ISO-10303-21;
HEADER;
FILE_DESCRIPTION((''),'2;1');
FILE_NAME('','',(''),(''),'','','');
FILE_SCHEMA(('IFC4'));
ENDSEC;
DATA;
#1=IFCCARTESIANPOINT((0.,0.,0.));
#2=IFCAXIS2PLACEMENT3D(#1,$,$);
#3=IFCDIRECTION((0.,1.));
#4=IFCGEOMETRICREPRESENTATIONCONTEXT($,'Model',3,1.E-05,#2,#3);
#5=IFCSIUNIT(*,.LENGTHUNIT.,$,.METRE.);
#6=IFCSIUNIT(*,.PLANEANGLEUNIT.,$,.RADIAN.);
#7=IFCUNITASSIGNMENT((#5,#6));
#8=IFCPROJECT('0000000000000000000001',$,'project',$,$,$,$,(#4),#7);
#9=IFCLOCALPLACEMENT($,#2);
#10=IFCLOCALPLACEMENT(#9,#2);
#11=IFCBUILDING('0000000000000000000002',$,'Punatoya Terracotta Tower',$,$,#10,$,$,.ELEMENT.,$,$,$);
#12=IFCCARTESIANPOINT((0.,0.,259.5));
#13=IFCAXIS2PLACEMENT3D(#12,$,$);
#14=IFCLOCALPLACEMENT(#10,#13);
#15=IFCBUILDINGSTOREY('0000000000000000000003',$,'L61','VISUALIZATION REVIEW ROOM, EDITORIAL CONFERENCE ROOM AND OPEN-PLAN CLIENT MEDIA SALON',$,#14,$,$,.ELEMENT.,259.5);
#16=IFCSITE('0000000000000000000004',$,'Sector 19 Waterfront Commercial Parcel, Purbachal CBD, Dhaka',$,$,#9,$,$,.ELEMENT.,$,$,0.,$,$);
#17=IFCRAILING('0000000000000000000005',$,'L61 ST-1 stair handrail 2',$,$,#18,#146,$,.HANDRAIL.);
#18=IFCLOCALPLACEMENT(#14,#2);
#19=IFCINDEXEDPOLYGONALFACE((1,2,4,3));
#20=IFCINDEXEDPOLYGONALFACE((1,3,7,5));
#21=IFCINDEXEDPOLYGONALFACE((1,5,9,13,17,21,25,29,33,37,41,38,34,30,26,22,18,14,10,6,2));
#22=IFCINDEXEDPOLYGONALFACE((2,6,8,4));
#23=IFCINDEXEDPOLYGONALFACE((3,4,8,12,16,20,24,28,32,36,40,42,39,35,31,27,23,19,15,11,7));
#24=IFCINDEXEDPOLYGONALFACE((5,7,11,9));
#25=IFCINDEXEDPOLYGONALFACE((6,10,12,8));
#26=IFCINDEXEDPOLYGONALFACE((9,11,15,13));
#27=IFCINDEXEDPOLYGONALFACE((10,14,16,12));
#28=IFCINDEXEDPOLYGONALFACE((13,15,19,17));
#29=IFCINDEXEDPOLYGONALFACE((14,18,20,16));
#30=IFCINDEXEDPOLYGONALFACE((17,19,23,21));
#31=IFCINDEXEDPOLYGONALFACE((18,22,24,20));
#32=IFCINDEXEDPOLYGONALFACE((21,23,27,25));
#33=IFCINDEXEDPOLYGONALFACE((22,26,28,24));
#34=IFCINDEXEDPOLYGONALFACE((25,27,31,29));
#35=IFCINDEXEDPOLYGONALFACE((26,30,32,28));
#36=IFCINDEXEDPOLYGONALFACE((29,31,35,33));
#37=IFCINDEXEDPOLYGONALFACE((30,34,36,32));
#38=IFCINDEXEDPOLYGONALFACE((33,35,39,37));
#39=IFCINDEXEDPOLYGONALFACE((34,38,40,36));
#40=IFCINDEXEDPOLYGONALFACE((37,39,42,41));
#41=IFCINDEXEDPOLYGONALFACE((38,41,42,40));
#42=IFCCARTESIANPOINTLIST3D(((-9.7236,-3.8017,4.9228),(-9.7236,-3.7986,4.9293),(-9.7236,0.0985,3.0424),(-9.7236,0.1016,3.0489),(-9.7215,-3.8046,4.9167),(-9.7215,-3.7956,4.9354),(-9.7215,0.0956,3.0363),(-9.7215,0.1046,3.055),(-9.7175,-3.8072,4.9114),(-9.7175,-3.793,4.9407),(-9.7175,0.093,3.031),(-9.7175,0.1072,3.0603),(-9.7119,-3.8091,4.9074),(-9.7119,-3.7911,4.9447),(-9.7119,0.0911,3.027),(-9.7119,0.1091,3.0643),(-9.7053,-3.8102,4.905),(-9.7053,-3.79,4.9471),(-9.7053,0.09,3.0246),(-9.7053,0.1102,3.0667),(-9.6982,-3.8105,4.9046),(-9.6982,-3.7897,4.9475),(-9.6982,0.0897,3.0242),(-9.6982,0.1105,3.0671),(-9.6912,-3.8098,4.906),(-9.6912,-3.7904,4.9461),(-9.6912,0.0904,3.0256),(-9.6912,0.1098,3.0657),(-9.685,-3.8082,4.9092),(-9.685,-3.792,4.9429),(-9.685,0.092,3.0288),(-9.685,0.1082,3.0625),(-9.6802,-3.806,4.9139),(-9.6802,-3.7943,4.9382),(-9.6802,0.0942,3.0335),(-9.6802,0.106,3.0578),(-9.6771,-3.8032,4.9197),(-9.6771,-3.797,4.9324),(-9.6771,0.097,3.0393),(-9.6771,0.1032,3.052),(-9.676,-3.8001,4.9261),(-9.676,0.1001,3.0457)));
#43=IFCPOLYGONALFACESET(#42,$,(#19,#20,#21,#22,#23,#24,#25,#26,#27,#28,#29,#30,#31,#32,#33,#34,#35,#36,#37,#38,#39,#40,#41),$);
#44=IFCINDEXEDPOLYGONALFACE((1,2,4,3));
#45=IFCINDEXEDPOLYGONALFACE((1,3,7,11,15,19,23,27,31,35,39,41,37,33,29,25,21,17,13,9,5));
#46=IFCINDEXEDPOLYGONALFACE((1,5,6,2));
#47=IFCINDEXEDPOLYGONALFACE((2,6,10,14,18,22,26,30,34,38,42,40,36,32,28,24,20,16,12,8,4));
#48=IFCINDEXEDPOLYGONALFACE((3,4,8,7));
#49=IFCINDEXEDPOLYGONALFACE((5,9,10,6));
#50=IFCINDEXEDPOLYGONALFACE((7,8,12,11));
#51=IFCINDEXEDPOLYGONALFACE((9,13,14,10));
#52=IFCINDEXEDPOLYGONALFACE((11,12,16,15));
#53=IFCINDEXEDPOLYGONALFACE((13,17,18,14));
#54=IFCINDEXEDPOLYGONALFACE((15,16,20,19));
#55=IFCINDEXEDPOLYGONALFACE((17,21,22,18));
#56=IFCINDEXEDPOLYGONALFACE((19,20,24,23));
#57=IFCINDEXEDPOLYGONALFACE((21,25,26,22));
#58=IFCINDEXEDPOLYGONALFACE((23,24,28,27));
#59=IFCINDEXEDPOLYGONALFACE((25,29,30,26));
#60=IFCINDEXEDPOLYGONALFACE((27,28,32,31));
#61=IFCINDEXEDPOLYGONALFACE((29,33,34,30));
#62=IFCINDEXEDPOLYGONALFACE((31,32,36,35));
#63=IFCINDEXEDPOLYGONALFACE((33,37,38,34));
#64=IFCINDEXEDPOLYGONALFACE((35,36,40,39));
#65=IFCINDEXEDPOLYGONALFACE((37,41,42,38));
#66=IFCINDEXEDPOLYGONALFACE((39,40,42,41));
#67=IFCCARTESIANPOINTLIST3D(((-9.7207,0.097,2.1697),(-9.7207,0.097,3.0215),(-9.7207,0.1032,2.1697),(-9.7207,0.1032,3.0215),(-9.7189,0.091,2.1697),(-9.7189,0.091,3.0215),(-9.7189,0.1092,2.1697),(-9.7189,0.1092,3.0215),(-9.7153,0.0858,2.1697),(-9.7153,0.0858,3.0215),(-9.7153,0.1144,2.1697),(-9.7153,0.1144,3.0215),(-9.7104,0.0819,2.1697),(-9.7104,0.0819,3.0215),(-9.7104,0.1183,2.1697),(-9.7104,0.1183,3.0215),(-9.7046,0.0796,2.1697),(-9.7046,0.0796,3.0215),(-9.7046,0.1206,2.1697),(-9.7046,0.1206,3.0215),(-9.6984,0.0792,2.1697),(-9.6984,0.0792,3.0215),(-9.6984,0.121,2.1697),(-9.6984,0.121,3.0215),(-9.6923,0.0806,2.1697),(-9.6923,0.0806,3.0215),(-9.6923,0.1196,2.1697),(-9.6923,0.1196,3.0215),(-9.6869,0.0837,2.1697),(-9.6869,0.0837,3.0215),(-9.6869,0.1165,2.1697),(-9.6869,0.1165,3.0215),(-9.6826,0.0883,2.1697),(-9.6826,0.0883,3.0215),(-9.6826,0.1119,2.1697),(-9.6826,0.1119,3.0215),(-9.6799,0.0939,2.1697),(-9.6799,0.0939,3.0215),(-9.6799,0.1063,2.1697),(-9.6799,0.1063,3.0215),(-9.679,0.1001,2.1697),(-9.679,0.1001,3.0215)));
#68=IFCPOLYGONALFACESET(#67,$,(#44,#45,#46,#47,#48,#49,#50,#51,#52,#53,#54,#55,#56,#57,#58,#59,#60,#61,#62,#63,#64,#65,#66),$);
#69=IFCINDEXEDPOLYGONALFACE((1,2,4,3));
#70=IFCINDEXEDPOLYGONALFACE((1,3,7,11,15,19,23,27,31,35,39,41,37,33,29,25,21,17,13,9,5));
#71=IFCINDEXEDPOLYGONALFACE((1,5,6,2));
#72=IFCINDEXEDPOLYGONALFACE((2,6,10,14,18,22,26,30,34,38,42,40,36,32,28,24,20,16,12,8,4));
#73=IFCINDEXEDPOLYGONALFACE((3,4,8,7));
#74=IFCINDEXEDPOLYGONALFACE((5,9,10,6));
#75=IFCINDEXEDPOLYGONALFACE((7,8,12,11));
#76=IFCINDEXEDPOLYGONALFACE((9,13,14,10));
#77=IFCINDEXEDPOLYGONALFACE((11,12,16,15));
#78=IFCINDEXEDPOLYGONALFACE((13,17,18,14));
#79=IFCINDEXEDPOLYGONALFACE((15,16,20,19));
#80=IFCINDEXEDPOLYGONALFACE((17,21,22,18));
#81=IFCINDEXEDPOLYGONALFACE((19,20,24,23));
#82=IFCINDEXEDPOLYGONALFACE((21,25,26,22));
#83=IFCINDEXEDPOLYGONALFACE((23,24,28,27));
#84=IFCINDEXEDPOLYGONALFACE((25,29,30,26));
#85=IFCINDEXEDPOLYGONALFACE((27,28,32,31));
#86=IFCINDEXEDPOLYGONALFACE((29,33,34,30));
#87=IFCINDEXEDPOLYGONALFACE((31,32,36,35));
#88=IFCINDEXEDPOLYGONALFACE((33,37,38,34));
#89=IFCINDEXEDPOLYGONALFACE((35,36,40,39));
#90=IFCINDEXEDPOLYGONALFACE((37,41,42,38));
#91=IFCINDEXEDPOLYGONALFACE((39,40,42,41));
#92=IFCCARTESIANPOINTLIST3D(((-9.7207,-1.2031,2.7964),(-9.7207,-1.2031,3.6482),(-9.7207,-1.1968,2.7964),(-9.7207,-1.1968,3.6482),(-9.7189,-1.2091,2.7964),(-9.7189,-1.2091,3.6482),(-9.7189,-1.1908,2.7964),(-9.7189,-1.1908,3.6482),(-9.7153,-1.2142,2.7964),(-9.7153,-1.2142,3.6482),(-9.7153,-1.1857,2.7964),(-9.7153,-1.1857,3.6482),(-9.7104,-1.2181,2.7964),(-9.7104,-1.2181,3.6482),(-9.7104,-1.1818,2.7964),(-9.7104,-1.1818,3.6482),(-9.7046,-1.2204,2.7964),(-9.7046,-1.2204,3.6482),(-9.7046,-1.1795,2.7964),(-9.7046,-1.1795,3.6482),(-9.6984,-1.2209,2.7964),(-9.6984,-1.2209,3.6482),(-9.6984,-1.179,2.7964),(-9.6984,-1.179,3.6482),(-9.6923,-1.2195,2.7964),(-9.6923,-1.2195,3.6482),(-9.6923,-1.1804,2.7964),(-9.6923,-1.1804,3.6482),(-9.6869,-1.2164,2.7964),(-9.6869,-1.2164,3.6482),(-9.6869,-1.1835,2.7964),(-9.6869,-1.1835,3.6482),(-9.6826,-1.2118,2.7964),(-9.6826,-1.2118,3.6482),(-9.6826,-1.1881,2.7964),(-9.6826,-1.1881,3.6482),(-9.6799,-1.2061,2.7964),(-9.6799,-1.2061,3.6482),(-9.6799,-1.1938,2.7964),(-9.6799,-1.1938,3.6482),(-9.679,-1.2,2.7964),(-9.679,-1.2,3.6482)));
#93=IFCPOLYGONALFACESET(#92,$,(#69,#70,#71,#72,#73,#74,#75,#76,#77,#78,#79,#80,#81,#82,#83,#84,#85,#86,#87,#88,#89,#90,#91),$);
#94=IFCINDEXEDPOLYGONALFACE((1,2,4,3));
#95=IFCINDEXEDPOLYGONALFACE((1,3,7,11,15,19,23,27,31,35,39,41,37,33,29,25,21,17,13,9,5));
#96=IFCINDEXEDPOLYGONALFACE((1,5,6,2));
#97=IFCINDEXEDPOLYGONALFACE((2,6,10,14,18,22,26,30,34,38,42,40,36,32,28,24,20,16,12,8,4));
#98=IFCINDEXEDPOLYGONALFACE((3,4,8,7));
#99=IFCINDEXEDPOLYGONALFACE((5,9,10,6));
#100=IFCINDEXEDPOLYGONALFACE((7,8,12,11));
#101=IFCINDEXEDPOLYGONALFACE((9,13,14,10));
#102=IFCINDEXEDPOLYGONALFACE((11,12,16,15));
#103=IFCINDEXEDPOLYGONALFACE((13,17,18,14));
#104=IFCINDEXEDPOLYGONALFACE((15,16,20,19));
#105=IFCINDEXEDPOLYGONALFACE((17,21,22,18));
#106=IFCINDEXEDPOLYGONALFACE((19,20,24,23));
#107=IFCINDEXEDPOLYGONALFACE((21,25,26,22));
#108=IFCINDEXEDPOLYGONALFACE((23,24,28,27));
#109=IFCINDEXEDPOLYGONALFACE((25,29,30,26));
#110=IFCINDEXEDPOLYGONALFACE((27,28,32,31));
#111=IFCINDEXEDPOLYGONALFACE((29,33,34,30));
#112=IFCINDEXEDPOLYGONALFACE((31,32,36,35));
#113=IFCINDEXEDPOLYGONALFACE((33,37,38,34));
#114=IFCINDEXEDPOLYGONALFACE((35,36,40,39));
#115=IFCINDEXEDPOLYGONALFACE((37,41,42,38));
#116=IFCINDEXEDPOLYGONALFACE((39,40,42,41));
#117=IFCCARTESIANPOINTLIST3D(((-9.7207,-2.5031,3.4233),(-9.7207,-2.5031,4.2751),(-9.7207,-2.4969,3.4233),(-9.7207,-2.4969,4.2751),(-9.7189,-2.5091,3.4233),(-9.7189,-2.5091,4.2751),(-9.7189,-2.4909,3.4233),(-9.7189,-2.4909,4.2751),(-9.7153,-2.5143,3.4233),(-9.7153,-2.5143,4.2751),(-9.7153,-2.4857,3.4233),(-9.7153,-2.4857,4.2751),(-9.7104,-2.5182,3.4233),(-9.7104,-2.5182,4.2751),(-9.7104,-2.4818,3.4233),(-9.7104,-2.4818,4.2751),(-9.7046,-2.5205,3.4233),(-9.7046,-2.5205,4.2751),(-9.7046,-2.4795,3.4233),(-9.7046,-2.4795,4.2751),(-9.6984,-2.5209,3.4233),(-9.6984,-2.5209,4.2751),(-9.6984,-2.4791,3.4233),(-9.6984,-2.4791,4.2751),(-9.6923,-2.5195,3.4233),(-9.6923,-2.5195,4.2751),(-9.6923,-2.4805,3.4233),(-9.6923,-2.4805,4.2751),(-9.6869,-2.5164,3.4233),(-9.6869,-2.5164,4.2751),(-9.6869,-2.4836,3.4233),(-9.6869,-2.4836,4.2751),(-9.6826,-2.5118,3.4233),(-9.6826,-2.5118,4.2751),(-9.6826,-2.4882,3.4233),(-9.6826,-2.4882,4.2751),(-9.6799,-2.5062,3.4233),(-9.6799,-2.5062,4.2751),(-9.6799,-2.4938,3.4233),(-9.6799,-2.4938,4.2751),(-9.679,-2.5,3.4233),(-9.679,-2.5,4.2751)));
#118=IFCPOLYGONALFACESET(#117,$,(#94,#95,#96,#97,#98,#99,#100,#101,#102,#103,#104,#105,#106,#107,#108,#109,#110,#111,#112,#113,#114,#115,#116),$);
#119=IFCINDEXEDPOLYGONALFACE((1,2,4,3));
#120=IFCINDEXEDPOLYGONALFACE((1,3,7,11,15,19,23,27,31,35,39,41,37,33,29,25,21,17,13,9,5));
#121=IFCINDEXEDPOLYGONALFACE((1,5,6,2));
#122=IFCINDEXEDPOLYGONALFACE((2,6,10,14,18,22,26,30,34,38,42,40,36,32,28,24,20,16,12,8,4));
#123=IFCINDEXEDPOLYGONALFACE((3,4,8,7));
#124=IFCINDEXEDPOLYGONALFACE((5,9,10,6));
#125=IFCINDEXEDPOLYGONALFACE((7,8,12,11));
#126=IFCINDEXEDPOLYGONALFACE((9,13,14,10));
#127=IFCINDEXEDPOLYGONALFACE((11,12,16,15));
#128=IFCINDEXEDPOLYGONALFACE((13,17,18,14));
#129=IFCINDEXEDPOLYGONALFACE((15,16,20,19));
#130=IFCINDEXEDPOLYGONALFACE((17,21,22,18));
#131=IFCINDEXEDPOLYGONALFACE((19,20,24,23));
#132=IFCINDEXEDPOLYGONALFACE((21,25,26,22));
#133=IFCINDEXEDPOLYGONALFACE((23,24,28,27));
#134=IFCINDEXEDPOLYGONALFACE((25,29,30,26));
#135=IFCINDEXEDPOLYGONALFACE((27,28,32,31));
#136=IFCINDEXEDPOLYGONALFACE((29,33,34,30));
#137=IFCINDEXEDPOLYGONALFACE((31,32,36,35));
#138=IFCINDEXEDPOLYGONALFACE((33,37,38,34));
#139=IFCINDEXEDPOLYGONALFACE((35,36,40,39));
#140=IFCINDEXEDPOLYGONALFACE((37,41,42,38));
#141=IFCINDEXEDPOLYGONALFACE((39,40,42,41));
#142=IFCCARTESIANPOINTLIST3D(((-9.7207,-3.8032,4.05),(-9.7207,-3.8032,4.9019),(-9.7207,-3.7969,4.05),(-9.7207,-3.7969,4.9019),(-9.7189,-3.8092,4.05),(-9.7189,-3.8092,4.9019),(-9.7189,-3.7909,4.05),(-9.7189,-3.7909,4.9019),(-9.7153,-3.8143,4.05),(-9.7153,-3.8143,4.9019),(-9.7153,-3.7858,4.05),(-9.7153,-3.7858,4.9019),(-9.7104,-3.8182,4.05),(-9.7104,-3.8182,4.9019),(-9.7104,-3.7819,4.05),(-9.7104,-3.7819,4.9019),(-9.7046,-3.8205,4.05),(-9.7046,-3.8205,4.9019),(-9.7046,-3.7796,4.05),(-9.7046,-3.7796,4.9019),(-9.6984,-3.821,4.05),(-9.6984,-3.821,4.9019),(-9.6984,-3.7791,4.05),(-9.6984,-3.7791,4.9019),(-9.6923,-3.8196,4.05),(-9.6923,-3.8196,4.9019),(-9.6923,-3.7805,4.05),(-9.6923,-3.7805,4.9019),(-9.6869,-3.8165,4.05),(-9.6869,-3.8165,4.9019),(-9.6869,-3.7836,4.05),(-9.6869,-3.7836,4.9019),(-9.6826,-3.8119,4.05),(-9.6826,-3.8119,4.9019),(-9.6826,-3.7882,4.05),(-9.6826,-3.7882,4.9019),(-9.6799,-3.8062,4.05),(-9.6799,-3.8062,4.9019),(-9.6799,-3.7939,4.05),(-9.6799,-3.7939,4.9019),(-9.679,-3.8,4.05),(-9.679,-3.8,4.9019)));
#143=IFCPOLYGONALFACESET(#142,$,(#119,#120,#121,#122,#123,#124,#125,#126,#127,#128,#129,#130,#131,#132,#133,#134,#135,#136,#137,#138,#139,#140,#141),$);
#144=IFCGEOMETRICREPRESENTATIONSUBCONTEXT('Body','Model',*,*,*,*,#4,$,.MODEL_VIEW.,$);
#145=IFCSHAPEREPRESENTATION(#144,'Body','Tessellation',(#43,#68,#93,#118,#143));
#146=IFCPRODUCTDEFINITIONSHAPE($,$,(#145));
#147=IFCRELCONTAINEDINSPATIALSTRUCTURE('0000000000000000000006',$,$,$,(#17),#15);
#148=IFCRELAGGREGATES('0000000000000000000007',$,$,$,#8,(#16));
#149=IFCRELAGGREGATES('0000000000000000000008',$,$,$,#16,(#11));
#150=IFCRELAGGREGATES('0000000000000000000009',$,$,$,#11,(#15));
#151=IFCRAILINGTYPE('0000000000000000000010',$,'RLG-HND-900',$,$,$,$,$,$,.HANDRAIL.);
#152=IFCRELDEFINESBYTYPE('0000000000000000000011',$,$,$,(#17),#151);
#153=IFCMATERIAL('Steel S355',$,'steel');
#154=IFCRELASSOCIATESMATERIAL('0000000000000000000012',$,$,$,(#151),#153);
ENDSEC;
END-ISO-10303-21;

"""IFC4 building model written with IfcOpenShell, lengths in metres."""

from ifc_helpers import new_model, si_unit, direction, frame, origin, origin_2d, place, context, subcontext, project, spatial, circle, extrude, material, type_object, element, save


model = new_model("IFC4")

# Units and contexts
model_context = context("Model", 3, precision=1e-05, world=origin(), true_north=direction((0.0, 1.0)))
body_context = subcontext(model_context, "Body", "Model", "MODEL_VIEW")
ifc_project = project(units=[si_unit("LENGTHUNIT", "METRE"), si_unit("PLANEANGLEUNIT", "RADIAN")], contexts=[model_context])

# Site, building, storey
site_placement = place(None, origin())
site = spatial("IfcSite", under=ifc_project, at=site_placement, Name="Sector 19 Waterfront Commercial Parcel, Purbachal CBD, Dhaka", CompositionType="ELEMENT", RefElevation=0.0)
building_placement = place(site_placement, origin())
building = spatial("IfcBuilding", under=site, at=building_placement, Name="Punatoya Terracotta Tower", CompositionType="ELEMENT")
storey_placement = place(building_placement, frame((0.0, 0.0, 259.5)))
storey = spatial("IfcBuildingStorey", under=building, at=storey_placement, Name="L61", Description="VISUALIZATION REVIEW ROOM, EDITORIAL CONFERENCE ROOM AND OPEN-PLAN CLIENT MEDIA SALON", CompositionType="ELEMENT", Elevation=259.5)

# Shared definitions
ifc_material_1 = material(Name="Steel S355", Category="steel")

# Railing
railing_type_1 = type_object("IfcRailingType", Name="RLG-HND-900", PredefinedType="HANDRAIL", material=ifc_material_1)
railing_1_placement = place(storey_placement, frame((-9.7, 0.1001, 2.1697)))
element("IfcRailing", 1, at=railing_1_placement, inside=storey, type_object=railing_type_1, Name="L61 ST-1 stair handrail 2", PredefinedType="HANDRAIL", context=body_context, shape_type="SweptSolid", body=[
    extrude(circle(Radius=0.0239, at=origin_2d()), frame((0.0, 0.0, 0.876), z_axis=(0.0, -0.900774, 0.434289), x_axis=(1.0, 0.0, 0.0)), (0.0, 0.0, 1.0), 4.3298),
    extrude(circle(Radius=0.021, at=origin_2d()), origin(), (0.0, 0.0, 1.0), 0.8518),
    extrude(circle(Radius=0.021, at=origin_2d()), frame((0.0, -1.3, 0.6267)), (0.0, 0.0, 1.0), 0.8518),
    extrude(circle(Radius=0.021, at=origin_2d()), frame((0.0, -2.6001, 1.2537)), (0.0, 0.0, 1.0), 0.8518),
    extrude(circle(Radius=0.021, at=origin_2d()), frame((0.0, -3.9001, 1.8804)), (0.0, 0.0, 1.0), 0.8518),
])

save(model, "model.ifc")
